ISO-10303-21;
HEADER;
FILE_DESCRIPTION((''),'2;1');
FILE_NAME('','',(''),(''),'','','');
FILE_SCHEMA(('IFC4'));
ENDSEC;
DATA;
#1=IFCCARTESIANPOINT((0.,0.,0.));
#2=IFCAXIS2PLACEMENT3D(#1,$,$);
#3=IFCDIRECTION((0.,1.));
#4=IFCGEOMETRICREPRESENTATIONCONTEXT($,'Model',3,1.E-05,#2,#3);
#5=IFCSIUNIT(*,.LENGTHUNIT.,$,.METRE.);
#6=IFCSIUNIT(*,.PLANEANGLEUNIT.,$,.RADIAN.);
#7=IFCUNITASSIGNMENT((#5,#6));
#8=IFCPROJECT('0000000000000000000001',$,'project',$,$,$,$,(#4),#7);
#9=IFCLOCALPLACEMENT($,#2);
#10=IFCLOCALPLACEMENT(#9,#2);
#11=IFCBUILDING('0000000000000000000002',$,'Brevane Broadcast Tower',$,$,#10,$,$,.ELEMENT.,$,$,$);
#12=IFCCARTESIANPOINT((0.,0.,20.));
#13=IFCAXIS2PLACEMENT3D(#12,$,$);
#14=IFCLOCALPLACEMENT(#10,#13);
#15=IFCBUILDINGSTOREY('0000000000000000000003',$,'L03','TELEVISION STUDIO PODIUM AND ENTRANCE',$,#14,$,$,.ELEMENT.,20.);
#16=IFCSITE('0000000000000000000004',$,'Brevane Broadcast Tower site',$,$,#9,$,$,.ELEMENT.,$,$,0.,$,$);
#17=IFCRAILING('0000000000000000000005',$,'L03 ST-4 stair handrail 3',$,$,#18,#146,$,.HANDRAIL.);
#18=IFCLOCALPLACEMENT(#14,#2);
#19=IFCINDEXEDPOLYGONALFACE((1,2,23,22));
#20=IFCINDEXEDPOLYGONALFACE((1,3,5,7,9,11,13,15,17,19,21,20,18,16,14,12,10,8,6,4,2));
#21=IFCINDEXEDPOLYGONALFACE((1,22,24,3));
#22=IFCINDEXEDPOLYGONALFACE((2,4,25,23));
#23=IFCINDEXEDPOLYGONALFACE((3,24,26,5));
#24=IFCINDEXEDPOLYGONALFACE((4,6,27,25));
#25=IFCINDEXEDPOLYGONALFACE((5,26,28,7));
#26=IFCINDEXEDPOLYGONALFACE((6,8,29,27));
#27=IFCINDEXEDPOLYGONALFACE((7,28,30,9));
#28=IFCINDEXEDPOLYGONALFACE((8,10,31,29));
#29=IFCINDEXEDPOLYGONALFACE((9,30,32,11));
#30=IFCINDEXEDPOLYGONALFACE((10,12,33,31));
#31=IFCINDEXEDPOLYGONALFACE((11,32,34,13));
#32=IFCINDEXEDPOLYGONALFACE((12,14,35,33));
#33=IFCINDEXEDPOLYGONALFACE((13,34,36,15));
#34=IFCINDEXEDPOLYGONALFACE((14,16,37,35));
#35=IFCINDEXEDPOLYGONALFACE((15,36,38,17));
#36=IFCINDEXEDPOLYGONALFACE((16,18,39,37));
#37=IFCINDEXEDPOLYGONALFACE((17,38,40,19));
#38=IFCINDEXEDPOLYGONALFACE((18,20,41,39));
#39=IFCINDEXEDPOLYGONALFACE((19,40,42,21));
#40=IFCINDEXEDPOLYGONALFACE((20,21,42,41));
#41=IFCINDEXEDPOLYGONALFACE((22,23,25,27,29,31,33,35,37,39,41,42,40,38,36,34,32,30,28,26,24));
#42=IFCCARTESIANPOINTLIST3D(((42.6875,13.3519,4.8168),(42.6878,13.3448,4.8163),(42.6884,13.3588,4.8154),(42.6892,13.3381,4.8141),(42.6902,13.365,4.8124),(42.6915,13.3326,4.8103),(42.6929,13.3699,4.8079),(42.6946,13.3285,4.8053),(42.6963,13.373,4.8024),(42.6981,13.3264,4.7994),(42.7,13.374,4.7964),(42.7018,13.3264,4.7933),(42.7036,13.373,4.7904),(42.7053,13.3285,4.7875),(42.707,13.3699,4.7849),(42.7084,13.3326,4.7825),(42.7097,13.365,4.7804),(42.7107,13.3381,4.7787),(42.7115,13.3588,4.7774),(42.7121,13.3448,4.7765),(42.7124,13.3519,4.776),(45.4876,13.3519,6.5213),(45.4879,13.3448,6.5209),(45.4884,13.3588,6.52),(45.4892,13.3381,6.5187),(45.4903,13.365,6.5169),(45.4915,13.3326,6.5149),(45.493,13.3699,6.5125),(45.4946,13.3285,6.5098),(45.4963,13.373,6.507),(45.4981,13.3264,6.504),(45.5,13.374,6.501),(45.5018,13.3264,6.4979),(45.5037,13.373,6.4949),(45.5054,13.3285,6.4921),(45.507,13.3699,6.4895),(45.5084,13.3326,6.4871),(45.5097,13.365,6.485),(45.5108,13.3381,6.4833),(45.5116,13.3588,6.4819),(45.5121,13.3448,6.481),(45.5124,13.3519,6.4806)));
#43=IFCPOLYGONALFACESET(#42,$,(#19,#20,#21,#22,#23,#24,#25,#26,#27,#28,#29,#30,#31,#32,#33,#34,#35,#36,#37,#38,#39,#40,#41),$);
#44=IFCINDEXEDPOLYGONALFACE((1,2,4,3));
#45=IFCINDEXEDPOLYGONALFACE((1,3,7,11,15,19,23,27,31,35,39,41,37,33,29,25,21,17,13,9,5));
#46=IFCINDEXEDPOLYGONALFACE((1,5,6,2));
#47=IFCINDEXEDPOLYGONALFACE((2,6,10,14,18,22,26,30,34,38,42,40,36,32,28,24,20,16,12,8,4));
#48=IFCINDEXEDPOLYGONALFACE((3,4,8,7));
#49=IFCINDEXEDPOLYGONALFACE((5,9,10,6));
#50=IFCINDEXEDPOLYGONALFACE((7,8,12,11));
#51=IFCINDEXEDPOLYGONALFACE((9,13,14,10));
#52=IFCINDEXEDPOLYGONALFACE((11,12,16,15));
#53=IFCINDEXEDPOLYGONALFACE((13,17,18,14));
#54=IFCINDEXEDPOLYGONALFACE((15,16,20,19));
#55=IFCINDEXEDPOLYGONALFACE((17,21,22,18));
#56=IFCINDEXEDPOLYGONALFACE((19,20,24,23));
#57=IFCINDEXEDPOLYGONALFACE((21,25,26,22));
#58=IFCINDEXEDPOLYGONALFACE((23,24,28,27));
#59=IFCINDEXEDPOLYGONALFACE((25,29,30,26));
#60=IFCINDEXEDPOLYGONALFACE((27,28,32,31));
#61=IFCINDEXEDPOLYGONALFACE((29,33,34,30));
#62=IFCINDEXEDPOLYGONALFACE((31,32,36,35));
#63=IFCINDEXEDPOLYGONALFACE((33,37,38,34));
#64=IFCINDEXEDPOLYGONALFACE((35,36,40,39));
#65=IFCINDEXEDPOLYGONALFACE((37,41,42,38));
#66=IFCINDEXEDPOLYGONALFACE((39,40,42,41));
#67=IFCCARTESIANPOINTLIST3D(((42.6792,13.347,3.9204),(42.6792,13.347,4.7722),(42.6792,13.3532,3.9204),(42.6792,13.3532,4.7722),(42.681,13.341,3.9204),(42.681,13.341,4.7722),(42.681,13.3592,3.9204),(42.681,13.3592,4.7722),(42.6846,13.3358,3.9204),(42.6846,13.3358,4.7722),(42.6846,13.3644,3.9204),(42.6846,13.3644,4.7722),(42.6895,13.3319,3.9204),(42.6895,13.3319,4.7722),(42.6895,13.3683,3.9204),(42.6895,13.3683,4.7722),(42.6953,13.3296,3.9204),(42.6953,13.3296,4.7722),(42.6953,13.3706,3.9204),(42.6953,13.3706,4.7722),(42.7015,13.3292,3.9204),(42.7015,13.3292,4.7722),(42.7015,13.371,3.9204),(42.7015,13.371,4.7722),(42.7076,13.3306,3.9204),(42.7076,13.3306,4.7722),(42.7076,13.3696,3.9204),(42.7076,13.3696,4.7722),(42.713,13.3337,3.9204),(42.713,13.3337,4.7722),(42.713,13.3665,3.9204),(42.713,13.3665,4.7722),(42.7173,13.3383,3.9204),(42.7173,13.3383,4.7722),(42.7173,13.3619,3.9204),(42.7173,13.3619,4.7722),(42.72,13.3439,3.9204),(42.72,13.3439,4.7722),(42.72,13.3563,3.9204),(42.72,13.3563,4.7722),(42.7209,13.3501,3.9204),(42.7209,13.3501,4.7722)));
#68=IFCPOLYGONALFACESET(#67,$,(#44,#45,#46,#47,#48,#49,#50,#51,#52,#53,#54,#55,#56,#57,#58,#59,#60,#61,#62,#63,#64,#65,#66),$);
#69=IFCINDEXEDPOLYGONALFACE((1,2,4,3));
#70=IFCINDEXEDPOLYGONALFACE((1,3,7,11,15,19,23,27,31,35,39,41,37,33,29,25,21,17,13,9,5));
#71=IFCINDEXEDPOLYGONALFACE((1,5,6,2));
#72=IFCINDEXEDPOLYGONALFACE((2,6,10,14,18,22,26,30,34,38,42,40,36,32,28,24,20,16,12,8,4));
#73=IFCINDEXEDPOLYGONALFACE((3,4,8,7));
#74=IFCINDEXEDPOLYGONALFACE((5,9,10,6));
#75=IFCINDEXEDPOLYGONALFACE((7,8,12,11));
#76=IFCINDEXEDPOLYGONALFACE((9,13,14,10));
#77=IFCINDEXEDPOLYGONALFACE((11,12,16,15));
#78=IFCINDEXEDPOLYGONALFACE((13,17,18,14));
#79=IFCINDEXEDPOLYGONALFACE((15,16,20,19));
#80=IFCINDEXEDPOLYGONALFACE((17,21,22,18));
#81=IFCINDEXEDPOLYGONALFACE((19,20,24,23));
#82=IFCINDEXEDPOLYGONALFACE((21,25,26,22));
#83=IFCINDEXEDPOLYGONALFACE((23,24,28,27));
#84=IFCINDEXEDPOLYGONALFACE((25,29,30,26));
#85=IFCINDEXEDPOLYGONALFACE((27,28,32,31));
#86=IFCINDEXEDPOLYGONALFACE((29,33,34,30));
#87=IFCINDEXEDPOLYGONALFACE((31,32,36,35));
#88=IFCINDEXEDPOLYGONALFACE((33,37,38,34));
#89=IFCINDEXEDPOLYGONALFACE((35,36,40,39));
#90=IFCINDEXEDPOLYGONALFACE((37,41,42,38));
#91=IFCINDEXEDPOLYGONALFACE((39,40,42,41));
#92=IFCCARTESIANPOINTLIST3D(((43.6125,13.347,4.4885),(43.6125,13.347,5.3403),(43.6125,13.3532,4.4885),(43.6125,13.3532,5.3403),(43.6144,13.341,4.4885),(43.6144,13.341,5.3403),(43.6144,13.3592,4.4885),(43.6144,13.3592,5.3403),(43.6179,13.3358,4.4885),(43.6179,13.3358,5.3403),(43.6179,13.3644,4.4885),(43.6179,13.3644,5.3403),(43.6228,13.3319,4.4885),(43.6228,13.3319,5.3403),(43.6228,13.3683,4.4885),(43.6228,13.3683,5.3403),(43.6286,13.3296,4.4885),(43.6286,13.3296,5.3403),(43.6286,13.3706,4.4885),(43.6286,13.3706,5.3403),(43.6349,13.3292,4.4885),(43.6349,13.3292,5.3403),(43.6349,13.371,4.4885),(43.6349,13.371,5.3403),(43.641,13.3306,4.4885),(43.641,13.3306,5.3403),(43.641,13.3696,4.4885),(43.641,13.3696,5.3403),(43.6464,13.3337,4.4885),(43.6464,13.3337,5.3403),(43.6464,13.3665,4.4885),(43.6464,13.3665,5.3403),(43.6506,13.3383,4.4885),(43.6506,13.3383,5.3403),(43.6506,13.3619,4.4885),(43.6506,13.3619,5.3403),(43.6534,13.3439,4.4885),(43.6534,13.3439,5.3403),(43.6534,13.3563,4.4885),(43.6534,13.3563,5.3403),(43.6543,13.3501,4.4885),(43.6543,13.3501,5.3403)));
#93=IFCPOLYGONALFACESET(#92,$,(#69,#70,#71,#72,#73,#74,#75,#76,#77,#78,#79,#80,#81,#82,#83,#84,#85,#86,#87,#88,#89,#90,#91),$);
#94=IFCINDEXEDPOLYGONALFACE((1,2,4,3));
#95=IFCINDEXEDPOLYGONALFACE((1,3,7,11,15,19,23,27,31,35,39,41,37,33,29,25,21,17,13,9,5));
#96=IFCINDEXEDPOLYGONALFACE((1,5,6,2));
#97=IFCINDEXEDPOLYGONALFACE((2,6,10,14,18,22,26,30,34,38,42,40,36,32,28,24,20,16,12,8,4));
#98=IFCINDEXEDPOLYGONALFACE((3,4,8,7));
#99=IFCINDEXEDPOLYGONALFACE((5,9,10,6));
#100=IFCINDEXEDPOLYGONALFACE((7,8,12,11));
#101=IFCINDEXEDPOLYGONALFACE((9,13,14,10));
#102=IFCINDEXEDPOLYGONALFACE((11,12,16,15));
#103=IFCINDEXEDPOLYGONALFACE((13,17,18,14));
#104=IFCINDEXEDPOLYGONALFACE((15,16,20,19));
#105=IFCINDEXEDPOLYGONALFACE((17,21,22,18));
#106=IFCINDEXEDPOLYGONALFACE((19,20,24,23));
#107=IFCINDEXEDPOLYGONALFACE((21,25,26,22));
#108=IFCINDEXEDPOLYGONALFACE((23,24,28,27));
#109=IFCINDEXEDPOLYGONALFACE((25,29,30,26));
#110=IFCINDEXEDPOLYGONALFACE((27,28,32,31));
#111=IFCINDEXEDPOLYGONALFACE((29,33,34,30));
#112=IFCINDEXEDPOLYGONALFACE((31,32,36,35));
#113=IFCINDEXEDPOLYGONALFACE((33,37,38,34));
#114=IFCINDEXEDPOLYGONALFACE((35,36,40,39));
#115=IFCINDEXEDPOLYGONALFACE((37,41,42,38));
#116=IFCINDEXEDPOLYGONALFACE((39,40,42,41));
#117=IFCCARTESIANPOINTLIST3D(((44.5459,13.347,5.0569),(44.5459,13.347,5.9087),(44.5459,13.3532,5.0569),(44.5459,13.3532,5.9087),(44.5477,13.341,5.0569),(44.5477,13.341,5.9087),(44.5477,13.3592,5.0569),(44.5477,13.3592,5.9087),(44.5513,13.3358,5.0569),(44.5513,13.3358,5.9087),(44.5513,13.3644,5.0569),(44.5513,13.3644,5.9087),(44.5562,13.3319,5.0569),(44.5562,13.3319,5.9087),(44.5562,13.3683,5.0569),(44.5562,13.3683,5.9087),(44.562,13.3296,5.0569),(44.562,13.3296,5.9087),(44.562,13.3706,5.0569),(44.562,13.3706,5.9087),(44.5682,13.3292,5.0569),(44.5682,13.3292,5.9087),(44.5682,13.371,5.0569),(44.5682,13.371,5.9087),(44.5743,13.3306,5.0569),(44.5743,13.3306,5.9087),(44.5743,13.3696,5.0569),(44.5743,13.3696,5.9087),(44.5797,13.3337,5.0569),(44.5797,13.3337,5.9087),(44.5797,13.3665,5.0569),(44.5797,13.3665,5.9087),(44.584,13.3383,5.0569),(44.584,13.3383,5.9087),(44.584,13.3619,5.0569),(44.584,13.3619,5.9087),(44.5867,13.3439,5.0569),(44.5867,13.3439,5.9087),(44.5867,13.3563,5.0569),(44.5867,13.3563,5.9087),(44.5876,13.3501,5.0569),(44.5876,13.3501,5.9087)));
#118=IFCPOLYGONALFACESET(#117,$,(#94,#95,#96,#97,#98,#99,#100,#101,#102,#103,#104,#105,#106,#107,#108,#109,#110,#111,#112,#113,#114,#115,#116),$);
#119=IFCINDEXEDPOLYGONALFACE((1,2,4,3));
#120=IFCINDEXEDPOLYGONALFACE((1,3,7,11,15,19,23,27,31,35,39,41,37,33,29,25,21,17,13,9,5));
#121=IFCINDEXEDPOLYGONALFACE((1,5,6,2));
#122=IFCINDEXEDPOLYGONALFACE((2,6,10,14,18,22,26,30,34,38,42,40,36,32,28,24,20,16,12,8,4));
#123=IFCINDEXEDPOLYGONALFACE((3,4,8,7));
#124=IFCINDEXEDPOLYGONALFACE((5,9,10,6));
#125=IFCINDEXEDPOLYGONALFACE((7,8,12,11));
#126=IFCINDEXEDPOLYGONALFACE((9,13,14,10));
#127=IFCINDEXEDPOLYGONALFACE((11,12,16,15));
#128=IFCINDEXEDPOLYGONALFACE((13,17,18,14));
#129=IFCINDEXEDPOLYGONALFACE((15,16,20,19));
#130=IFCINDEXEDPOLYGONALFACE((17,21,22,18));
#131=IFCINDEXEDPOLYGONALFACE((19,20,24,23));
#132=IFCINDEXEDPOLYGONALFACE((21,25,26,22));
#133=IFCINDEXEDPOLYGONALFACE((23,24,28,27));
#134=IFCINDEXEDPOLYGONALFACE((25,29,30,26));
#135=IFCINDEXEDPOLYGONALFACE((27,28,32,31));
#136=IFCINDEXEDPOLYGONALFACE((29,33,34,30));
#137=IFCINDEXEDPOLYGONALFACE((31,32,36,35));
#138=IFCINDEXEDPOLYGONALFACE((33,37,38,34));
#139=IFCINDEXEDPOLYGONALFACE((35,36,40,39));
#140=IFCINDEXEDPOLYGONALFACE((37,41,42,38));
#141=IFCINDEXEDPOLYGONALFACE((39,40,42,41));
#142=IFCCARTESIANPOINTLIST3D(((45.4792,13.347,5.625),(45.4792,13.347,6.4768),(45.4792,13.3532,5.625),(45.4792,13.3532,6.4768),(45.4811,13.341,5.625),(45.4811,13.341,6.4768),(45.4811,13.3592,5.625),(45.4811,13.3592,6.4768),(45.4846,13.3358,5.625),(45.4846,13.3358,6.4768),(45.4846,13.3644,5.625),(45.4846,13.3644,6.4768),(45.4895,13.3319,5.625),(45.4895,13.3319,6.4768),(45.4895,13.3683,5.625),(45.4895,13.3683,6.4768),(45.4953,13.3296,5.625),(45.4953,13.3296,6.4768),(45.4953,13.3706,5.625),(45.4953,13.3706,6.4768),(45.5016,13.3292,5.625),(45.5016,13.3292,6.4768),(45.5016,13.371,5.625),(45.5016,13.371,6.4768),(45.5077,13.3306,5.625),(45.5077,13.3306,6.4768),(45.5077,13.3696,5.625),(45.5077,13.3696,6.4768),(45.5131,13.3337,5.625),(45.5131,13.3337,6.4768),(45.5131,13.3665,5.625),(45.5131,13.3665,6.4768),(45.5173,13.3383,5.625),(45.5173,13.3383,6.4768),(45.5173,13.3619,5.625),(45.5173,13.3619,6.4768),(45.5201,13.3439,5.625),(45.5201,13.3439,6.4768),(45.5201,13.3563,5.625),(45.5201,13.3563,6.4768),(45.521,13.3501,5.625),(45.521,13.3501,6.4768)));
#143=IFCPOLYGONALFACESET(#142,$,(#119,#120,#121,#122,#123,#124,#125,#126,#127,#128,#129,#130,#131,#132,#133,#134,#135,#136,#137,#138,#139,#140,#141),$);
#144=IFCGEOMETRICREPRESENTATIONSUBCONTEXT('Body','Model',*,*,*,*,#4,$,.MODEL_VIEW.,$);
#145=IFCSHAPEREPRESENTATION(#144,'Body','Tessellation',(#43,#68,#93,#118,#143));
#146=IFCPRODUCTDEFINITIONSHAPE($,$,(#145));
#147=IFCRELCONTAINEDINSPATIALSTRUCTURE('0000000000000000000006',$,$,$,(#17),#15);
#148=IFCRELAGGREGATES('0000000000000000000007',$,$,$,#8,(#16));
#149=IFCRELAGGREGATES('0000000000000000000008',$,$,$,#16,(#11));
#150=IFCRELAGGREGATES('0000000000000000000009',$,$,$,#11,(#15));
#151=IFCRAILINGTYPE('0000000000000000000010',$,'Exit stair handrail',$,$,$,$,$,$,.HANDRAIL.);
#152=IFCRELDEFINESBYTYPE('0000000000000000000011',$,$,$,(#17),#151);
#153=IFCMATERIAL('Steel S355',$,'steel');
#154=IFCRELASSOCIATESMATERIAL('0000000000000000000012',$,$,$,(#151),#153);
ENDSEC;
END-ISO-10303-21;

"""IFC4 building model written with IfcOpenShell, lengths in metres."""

from ifc_helpers import new_model, si_unit, direction, frame, origin, origin_2d, place, context, subcontext, project, spatial, circle, extrude, material, type_object, element, save


model = new_model("IFC4")

# Units and contexts
model_context = context("Model", 3, precision=1e-05, world=origin(), true_north=direction((0.0, 1.0)))
body_context = subcontext(model_context, "Body", "Model", "MODEL_VIEW")
ifc_project = project(units=[si_unit("LENGTHUNIT", "METRE"), si_unit("PLANEANGLEUNIT", "RADIAN")], contexts=[model_context])

# Site, building, storey
site_placement = place(None, origin())
site = spatial("IfcSite", under=ifc_project, at=site_placement, Name="Brevane Broadcast Tower site", CompositionType="ELEMENT", RefElevation=0.0)
building_placement = place(site_placement, origin())
building = spatial("IfcBuilding", under=site, at=building_placement, Name="Brevane Broadcast Tower", CompositionType="ELEMENT")
storey_placement = place(building_placement, frame((0.0, 0.0, 20.0)))
storey = spatial("IfcBuildingStorey", under=building, at=storey_placement, Name="L03", Description="TELEVISION STUDIO PODIUM AND ENTRANCE", CompositionType="ELEMENT", Elevation=20.0)

# Railing
ifc_material_1 = material(Name="Steel S355", Category="steel")
railing_type_1 = type_object("IfcRailingType", Name="Exit stair handrail", PredefinedType="HANDRAIL", material=ifc_material_1)
for number, where, name in (
    (1, (42.7, 13.3501, 3.9204), "L03 ST-4 stair handrail 3"),
):
    element("IfcRailing", number, at=place(storey_placement, frame(where)), inside=storey, type_object=railing_type_1, Name=name, PredefinedType="HANDRAIL", context=body_context, shape_type="SweptSolid", body=[
        extrude(circle(Radius=0.0239, at=origin_2d()), frame((0.0, 0.0, 0.876), z_axis=(0.85417, 0.0, 0.519994), x_axis=(0.0, 1.0, 0.0)), (0.0, 0.0, 1.0), 3.2781),
        extrude(circle(Radius=0.021, at=origin_2d()), origin(), (0.0, 0.0, 1.0), 0.8518),
        extrude(circle(Radius=0.021, at=origin_2d()), frame((0.9333, 0.0, 0.5681)), (0.0, 0.0, 1.0), 0.8518),
        extrude(circle(Radius=0.021, at=origin_2d()), frame((1.8667, 0.0, 1.1365)), (0.0, 0.0, 1.0), 0.8518),
        extrude(circle(Radius=0.021, at=origin_2d()), frame((2.8, 0.0, 1.7046)), (0.0, 0.0, 1.0), 0.8518),
    ])

save(model, "model.ifc")
